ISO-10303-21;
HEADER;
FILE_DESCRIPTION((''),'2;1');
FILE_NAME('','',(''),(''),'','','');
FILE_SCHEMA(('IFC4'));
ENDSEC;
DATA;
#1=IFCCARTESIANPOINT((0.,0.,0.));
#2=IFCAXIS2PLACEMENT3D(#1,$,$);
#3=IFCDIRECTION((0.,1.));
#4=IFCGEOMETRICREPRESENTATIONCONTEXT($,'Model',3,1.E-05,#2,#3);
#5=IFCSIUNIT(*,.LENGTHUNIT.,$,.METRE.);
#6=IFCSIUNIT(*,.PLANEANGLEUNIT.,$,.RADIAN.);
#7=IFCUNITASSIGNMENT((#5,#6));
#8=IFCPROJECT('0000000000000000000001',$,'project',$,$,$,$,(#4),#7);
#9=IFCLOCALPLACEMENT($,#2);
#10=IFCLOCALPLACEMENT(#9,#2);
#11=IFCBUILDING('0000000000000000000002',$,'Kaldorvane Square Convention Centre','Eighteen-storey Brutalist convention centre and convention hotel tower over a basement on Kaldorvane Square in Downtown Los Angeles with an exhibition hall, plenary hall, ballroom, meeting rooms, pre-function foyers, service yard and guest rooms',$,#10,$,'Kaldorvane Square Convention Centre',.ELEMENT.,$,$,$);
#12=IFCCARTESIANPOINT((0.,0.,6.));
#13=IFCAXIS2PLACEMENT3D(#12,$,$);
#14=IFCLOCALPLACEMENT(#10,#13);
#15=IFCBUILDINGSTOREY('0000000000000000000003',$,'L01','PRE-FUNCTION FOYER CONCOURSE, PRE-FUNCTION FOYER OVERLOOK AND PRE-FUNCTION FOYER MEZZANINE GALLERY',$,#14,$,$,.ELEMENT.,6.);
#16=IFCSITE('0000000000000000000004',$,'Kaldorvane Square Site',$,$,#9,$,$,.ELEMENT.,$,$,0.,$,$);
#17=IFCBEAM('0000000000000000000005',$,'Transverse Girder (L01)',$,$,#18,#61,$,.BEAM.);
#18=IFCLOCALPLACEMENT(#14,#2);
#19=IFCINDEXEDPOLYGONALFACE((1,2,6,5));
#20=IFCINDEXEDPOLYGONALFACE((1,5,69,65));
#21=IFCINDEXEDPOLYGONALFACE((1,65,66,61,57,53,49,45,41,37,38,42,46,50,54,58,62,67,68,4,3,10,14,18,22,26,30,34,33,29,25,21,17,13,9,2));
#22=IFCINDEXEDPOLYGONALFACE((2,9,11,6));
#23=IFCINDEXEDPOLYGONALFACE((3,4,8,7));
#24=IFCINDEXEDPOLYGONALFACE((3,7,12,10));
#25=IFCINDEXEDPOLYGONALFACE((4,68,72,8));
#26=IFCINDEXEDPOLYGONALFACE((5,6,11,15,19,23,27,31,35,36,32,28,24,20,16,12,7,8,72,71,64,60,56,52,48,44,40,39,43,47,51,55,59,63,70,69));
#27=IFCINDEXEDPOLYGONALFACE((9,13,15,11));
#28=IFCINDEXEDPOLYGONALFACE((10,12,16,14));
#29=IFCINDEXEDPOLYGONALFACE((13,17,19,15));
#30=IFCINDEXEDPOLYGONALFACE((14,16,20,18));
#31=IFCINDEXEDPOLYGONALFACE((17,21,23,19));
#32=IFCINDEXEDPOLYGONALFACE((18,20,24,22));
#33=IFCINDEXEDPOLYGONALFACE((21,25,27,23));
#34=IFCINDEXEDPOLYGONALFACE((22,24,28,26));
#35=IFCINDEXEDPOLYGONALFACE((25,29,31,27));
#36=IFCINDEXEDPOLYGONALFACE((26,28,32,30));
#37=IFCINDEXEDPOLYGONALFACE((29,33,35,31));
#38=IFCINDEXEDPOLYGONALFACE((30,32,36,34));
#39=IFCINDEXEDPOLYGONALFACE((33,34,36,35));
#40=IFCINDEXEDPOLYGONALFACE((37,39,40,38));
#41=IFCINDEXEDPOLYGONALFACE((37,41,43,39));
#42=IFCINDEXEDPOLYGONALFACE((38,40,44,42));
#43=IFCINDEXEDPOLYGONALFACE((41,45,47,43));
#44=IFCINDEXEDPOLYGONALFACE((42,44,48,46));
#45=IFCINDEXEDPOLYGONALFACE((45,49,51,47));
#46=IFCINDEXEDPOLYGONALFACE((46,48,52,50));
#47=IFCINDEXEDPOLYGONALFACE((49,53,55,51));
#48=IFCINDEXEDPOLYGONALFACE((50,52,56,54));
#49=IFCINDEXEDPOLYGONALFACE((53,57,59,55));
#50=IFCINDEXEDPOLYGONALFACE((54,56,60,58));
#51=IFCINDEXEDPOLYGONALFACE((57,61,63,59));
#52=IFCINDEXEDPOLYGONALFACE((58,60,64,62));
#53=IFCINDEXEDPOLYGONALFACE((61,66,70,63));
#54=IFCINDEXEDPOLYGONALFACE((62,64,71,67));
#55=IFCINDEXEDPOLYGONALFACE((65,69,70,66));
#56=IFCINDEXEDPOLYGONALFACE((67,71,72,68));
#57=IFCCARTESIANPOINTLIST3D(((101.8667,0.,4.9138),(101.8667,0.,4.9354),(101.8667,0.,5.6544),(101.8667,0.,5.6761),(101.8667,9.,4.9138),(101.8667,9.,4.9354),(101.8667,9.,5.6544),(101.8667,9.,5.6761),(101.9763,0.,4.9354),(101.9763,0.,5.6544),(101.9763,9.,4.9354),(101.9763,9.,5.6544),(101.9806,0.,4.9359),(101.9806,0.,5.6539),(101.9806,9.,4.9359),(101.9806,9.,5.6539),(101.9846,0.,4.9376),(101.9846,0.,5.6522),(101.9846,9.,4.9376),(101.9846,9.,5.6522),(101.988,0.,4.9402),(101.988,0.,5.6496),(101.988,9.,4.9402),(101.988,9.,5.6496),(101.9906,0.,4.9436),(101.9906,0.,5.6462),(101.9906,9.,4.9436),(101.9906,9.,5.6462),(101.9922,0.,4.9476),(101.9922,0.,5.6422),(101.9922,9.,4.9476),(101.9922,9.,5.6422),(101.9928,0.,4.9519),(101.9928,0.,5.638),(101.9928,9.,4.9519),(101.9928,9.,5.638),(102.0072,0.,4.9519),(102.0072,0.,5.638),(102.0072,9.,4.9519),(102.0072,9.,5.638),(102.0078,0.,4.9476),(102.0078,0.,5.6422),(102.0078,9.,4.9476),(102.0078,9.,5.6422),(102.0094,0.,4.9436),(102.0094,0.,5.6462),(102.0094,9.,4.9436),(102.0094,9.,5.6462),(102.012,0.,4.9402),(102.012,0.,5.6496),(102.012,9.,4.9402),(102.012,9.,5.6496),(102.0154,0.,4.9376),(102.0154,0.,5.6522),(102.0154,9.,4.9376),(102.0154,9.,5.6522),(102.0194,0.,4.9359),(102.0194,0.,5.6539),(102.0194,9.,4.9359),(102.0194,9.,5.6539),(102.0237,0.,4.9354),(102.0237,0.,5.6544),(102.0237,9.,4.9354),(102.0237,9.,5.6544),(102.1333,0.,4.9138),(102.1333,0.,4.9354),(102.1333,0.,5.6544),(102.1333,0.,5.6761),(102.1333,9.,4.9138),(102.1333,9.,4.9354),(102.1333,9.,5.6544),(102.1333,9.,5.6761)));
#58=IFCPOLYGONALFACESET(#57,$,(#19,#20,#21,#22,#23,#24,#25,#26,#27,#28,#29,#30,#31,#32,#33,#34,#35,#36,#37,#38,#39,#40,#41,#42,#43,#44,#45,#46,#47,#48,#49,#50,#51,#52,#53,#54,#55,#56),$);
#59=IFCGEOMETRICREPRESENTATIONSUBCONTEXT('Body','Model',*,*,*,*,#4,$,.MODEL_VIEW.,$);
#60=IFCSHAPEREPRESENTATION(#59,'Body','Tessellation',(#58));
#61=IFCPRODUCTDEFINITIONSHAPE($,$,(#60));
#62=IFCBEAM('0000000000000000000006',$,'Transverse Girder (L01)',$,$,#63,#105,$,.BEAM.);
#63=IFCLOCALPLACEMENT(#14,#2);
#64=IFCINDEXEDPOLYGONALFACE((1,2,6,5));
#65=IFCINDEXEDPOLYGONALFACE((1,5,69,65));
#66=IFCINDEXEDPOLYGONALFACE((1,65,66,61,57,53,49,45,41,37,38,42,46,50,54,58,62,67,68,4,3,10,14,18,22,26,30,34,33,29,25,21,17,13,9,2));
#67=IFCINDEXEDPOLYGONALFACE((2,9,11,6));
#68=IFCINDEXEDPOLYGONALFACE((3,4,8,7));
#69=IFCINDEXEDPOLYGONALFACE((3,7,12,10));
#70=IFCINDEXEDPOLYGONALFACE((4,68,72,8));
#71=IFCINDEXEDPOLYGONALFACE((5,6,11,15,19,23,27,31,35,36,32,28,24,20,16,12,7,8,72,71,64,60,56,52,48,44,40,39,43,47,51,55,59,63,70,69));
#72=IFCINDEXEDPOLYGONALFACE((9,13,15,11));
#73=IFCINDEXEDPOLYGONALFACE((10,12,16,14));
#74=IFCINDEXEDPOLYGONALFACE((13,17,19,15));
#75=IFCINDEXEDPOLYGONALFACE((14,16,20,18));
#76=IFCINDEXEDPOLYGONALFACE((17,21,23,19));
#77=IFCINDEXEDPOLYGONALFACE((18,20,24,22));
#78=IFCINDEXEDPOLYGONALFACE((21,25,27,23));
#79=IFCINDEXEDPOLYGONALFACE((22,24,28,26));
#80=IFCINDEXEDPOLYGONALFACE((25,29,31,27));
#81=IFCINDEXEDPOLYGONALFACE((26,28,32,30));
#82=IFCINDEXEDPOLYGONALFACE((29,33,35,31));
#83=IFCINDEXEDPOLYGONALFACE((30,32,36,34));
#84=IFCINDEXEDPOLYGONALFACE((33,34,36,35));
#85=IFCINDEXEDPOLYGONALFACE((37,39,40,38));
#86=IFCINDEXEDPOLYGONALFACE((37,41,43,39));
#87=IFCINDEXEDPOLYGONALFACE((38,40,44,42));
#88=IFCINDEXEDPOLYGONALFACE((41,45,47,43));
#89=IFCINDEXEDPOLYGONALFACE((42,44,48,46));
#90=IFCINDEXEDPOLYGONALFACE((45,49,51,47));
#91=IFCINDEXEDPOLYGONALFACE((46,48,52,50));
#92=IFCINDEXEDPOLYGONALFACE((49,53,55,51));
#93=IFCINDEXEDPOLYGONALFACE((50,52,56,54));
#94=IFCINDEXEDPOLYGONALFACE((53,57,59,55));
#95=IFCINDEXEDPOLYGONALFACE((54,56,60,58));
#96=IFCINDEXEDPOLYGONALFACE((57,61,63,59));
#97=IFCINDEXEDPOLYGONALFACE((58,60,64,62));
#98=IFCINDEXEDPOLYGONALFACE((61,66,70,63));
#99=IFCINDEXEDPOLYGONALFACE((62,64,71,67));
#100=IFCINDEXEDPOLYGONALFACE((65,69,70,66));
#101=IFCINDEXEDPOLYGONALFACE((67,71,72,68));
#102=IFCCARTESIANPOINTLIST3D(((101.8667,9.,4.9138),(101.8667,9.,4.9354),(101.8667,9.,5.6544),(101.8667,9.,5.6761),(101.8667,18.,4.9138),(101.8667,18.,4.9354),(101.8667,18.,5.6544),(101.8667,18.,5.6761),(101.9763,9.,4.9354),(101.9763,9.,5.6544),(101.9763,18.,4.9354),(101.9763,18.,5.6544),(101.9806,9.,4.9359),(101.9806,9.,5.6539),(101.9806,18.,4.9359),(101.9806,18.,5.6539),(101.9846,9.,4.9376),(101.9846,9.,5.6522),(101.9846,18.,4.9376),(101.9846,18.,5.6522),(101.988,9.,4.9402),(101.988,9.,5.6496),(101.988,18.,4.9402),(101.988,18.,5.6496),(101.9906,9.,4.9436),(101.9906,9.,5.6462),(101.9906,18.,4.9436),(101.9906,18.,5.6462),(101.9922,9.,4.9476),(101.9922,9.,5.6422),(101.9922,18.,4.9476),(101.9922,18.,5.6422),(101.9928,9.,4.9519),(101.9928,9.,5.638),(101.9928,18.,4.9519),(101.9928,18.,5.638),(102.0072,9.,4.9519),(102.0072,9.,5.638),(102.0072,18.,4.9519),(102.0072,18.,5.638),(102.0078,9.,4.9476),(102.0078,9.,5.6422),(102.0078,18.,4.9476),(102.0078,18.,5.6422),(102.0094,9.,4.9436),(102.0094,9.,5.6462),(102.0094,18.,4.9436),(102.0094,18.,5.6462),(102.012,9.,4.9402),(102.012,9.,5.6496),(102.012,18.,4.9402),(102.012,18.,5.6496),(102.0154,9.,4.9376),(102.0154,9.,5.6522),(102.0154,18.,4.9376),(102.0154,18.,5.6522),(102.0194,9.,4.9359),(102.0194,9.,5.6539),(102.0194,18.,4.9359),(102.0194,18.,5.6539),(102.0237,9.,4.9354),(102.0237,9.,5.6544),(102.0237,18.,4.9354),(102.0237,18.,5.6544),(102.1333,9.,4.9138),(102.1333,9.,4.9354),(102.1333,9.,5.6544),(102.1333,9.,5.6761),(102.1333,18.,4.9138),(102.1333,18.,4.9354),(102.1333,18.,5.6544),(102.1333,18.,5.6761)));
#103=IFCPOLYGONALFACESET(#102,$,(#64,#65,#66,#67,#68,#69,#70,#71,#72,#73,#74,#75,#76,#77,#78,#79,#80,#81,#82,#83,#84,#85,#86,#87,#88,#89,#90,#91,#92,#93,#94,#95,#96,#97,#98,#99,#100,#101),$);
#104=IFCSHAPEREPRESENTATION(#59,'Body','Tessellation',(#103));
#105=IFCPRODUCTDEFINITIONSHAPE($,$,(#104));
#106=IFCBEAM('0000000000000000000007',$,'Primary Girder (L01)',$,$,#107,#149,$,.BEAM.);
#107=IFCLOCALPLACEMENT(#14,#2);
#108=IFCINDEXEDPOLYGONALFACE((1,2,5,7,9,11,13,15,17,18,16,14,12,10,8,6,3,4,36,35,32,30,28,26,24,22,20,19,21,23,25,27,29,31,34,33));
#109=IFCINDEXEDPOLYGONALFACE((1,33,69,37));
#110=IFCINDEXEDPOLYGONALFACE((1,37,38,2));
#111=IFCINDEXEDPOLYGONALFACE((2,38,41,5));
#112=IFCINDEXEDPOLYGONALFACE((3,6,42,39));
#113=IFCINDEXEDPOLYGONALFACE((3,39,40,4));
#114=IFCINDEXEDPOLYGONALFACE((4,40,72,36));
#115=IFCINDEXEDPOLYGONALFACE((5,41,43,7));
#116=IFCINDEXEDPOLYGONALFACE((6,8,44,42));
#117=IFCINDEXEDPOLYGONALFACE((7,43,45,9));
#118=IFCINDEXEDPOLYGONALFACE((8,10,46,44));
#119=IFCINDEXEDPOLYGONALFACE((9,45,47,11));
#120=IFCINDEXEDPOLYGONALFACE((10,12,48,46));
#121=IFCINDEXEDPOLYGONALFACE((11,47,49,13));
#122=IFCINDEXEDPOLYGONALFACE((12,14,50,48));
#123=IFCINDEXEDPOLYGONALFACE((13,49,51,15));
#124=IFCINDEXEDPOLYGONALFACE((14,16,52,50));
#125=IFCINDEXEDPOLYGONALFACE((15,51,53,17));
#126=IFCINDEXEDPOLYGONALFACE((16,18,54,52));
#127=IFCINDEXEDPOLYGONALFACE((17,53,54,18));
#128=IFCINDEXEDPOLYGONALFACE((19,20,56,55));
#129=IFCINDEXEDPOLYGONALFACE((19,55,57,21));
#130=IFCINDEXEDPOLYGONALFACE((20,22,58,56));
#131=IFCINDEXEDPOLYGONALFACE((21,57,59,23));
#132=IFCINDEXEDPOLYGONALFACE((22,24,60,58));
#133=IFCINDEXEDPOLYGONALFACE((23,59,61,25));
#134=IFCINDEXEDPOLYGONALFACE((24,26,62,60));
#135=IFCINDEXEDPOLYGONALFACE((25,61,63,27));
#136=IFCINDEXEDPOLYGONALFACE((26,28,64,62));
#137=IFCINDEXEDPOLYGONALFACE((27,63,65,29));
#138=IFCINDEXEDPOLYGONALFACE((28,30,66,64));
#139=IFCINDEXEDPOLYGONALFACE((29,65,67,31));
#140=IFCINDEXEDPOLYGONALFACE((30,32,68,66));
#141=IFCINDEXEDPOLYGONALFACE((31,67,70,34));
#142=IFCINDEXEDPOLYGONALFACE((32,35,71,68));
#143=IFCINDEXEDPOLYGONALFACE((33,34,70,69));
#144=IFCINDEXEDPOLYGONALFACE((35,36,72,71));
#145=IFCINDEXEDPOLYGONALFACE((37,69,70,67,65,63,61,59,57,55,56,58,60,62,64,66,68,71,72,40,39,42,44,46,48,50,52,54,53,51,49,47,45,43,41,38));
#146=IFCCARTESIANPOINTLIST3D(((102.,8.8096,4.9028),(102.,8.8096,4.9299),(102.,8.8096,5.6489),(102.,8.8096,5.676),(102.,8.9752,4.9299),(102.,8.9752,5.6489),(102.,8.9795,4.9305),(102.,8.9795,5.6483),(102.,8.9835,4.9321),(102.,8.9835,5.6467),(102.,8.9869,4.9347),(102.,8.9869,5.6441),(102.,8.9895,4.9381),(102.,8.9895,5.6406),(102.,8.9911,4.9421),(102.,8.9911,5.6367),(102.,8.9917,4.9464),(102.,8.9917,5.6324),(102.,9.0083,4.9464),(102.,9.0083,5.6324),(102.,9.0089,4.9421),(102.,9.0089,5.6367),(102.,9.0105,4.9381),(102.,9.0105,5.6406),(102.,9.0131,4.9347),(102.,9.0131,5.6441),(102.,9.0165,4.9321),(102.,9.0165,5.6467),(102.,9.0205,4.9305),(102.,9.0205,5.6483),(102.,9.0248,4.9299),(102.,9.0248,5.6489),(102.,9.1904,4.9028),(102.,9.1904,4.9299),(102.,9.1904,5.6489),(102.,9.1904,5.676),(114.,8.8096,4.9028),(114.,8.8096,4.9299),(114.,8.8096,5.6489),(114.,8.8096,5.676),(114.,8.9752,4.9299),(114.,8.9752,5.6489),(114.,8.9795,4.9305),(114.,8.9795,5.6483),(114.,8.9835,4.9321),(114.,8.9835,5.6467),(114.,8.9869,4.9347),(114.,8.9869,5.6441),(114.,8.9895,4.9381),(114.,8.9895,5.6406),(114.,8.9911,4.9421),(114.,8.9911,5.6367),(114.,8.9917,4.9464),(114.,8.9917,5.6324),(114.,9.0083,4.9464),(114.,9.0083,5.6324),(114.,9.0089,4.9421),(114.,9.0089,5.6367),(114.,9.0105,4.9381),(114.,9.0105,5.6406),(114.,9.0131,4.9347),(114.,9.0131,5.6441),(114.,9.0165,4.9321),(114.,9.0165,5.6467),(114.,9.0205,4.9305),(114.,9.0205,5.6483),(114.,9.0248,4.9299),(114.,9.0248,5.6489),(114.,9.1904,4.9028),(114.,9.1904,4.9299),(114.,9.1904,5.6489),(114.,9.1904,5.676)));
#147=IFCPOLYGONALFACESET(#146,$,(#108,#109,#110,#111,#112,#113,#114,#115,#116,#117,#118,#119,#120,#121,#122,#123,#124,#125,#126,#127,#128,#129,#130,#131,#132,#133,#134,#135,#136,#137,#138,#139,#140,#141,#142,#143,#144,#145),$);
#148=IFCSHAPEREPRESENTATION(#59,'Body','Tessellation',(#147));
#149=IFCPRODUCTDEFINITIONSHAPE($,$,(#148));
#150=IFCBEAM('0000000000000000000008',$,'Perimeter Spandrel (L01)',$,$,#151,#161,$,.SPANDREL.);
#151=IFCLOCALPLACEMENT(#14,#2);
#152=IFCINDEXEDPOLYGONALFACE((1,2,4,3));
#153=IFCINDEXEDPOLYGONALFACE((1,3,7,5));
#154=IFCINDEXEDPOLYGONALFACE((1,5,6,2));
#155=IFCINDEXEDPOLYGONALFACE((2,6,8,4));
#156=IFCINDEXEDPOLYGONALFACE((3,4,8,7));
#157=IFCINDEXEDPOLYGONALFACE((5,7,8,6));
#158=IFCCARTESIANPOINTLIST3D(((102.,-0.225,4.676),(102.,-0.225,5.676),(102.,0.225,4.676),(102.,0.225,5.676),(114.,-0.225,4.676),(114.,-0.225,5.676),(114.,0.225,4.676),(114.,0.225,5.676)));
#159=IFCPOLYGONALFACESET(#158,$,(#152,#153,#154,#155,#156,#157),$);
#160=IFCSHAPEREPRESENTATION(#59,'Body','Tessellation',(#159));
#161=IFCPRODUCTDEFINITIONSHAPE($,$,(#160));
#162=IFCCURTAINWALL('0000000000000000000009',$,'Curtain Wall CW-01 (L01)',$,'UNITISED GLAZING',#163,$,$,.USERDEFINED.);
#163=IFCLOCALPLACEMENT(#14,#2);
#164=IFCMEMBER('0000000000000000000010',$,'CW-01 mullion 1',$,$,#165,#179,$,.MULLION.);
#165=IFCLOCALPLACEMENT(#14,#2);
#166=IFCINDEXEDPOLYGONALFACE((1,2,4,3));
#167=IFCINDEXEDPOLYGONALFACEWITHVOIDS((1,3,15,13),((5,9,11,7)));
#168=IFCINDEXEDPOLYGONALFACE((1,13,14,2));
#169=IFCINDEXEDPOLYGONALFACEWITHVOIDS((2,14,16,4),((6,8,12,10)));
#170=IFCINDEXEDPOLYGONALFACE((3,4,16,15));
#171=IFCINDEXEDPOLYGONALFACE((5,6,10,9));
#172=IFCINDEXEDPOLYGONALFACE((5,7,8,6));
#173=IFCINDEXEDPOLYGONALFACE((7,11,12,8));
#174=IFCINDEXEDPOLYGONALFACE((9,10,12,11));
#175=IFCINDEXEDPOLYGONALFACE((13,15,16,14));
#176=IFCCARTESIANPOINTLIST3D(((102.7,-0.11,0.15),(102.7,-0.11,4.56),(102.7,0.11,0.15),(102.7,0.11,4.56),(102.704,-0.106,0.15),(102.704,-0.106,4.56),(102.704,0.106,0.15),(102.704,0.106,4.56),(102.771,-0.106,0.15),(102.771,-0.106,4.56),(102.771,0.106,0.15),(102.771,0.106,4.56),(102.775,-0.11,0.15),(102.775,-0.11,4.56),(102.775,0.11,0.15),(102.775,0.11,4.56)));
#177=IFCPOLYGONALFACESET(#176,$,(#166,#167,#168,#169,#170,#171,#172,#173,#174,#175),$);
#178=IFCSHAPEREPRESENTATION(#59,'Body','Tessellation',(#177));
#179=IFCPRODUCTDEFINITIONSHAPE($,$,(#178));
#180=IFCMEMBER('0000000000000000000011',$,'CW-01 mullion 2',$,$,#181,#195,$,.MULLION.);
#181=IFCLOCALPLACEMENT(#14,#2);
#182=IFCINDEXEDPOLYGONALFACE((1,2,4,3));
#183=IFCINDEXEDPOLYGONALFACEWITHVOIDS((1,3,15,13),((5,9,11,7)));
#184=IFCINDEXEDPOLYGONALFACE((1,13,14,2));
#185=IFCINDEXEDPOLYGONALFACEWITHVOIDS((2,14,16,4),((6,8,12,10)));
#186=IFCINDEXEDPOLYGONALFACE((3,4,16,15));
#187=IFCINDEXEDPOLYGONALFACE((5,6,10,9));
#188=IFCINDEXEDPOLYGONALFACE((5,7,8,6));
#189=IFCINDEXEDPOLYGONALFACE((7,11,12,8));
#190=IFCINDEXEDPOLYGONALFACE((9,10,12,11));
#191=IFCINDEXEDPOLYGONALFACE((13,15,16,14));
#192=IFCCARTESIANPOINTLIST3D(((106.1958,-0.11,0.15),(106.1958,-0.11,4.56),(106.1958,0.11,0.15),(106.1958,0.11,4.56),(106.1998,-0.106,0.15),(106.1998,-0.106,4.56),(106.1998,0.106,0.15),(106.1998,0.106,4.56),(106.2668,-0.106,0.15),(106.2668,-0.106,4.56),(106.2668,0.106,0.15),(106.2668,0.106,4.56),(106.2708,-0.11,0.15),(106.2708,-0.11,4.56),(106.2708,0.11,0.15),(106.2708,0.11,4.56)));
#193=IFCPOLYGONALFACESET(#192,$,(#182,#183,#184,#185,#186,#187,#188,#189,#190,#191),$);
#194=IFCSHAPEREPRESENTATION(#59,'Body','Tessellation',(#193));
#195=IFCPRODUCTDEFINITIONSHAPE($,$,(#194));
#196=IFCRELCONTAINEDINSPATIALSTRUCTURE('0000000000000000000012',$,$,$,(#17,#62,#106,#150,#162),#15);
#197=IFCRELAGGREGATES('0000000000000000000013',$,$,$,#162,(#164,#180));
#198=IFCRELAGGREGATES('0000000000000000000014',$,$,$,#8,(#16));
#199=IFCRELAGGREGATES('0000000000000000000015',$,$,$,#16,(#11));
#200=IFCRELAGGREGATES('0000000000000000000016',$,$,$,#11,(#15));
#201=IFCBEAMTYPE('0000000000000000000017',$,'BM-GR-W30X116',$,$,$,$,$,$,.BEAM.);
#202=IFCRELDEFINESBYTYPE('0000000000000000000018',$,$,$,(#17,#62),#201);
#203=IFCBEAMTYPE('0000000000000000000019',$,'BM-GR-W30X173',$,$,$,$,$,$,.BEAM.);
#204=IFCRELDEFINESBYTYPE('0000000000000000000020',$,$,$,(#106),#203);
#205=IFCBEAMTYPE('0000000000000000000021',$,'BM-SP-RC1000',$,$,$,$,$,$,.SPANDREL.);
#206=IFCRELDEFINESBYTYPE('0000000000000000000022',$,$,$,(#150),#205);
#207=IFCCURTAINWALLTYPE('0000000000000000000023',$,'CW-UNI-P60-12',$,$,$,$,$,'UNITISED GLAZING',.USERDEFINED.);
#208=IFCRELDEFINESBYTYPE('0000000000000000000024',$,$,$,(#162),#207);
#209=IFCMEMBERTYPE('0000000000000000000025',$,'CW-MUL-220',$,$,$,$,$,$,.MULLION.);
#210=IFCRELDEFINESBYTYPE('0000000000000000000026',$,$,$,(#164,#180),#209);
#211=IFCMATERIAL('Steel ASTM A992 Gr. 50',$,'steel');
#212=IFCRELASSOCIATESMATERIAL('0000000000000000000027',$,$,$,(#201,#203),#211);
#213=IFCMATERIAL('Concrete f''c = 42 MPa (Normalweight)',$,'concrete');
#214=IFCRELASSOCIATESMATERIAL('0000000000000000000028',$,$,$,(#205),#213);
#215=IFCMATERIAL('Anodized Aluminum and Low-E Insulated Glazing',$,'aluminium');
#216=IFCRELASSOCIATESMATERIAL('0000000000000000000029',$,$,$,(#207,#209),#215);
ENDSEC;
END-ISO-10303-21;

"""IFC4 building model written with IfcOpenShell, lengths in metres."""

from ifc_helpers import new_model, si_unit, direction, frame, origin, origin_2d, place, context, subcontext, project, spatial, rectangle, hollow_rectangle, i_section, extrude, material, material_profile, profile_set, type_object, element, aggregate, save


model = new_model("IFC4")

# Units and contexts
model_context = context("Model", 3, precision=1e-05, world=origin(), true_north=direction((0.0, 1.0)))
body_context = subcontext(model_context, "Body", "Model", "MODEL_VIEW")
ifc_project = project(units=[si_unit("LENGTHUNIT", "METRE"), si_unit("PLANEANGLEUNIT", "RADIAN")], contexts=[model_context])

# Site, building, storey
site_placement = place(None, origin())
site = spatial("IfcSite", under=ifc_project, at=site_placement, Name="Kaldorvane Square Site", CompositionType="ELEMENT", RefElevation=0.0)
building_placement = place(site_placement, origin())
building = spatial("IfcBuilding", under=site, at=building_placement, Name="Kaldorvane Square Convention Centre", Description="Eighteen-storey Brutalist convention centre and convention hotel tower over a basement on Kaldorvane Square in Downtown Los Angeles with an exhibition hall, plenary hall, ballroom, meeting rooms, pre-function foyers, service yard and guest rooms", LongName="Kaldorvane Square Convention Centre", CompositionType="ELEMENT")
storey_placement = place(building_placement, frame((0.0, 0.0, 6.0)))
storey = spatial("IfcBuildingStorey", under=building, at=storey_placement, Name="L01", Description="PRE-FUNCTION FOYER CONCOURSE, PRE-FUNCTION FOYER OVERLOOK AND PRE-FUNCTION FOYER MEZZANINE GALLERY", CompositionType="ELEMENT", Elevation=6.0)

# Beams
ifc_material_1 = material(Name="Steel ASTM A992 Gr. 50", Category="steel")
ifc_material_profile_1 = material_profile(ifc_material_1, i_section(OverallWidth=0.2666, OverallDepth=0.7623, WebThickness=0.0144, FlangeThickness=0.0216, FilletRadius=0.0165, at=origin_2d()), Name="W30X116")
ifc_profile_set_1 = profile_set([ifc_material_profile_1], Name="Steel ASTM A992 Gr. 50")
beam_type_1 = type_object("IfcBeamType", Name="BM-GR-W30X116", PredefinedType="BEAM", material=ifc_profile_set_1)
for number, where, z_axis, x_axis, name in (
    (1, (102.0, 0.0, 5.2949), (0.0, 1.0, 0.0), (-1.0, 0.0, 0.0), "Transverse Girder (L01)"),
    (2, (102.0, 9.0, 5.2949), (0.0, 1.0, 0.0), (-1.0, 0.0, 0.0), "Transverse Girder (L01)"),
):
    element("IfcBeam", number, at=place(storey_placement, frame(where, z_axis=z_axis, x_axis=x_axis)), inside=storey, type_object=beam_type_1, Name=name, PredefinedType="BEAM", context=body_context, shape_type="SweptSolid", body=[
        extrude(i_section(OverallWidth=0.2666, OverallDepth=0.7623, WebThickness=0.0144, FlangeThickness=0.0216, FilletRadius=0.0165, at=origin_2d()), origin(), (0.0, 0.0, 1.0), 9.0),
    ])
ifc_material_profile_2 = material_profile(ifc_material_1, i_section(OverallWidth=0.3807, OverallDepth=0.7732, WebThickness=0.0166, FlangeThickness=0.0271, FilletRadius=0.0165, at=origin_2d()), Name="W30X173")
ifc_profile_set_2 = profile_set([ifc_material_profile_2], Name="Steel ASTM A992 Gr. 50")
beam_type_2 = type_object("IfcBeamType", Name="BM-GR-W30X173", PredefinedType="BEAM", material=ifc_profile_set_2)
beam_1_placement = place(storey_placement, frame((102.0, 9.0, 5.2894), z_axis=(1.0, 0.0, 0.0), x_axis=(0.0, 1.0, 0.0)))
element("IfcBeam", 3, at=beam_1_placement, inside=storey, type_object=beam_type_2, Name="Primary Girder (L01)", PredefinedType="BEAM", context=body_context, shape_type="SweptSolid", body=[
    extrude(i_section(OverallWidth=0.3807, OverallDepth=0.7732, WebThickness=0.0166, FlangeThickness=0.0271, FilletRadius=0.0165, at=origin_2d()), origin(), (0.0, 0.0, 1.0), 12.0),
])
ifc_material_2 = material(Name="Concrete f'c = 42 MPa (Normalweight)", Category="concrete")
ifc_material_profile_3 = material_profile(ifc_material_2, rectangle(XDim=0.45, YDim=1.0, at=origin_2d()), Name="RCSP1000X450")
ifc_profile_set_3 = profile_set([ifc_material_profile_3], Name="Concrete f'c = 42 MPa (Normalweight)")
beam_type_3 = type_object("IfcBeamType", Name="BM-SP-RC1000", PredefinedType="SPANDREL", material=ifc_profile_set_3)
beam_2_placement = place(storey_placement, frame((102.0, 0.0, 5.176), z_axis=(1.0, 0.0, 0.0), x_axis=(0.0, 1.0, 0.0)))
element("IfcBeam", 4, at=beam_2_placement, inside=storey, type_object=beam_type_3, Name="Perimeter Spandrel (L01)", PredefinedType="SPANDREL", context=body_context, shape_type="SweptSolid", body=[
    extrude(rectangle(XDim=0.45, YDim=1.0, at=origin_2d()), origin(), (0.0, 0.0, 1.0), 12.0),
])

# Curtain wall, members
ifc_material_3 = material(Name="Anodized Aluminum and Low-E Insulated Glazing", Category="aluminium")
curtain_wall_type = type_object("IfcCurtainWallType", Name="CW-UNI-P60-12", ElementType="UNITISED GLAZING", PredefinedType="USERDEFINED", material=ifc_material_3)
curtain_wall_placement = place(storey_placement, origin())
curtain_wall = element("IfcCurtainWall", 5, at=curtain_wall_placement, inside=storey, type_object=curtain_wall_type, Name="Curtain Wall CW-01 (L01)", ObjectType="UNITISED GLAZING", PredefinedType="USERDEFINED")
ifc_material_profile_4 = material_profile(ifc_material_3, hollow_rectangle(XDim=0.075, YDim=0.22, WallThickness=0.004, at=origin_2d()), Name="CWM-220X75")
ifc_profile_set_4 = profile_set([ifc_material_profile_4], Name="Anodized Aluminum and Low-E Insulated Glazing")
member_type_1 = type_object("IfcMemberType", Name="CW-MUL-220", PredefinedType="MULLION", material=ifc_profile_set_4)
member_1_placement = place(storey_placement, frame((102.7375, 0.0, 0.15), z_axis=(0.0, 0.0, 1.0), x_axis=(1.0, 0.0, 0.0)))
member_1 = element("IfcMember", 6, at=member_1_placement, type_object=member_type_1, Name="CW-01 mullion 1", PredefinedType="MULLION", context=body_context, shape_type="SweptSolid", body=[
    extrude(hollow_rectangle(XDim=0.075, YDim=0.22, WallThickness=0.004, at=origin_2d()), origin(), (0.0, 0.0, 1.0), 4.41),
])
member_2_placement = place(storey_placement, frame((106.2333, 0.0, 0.15), z_axis=(0.0, 0.0, 1.0), x_axis=(1.0, 0.0, 0.0)))
member_2 = element("IfcMember", 7, at=member_2_placement, type_object=member_type_1, Name="CW-01 mullion 2", PredefinedType="MULLION", context=body_context, shape_type="SweptSolid", body=[
    extrude(hollow_rectangle(XDim=0.075, YDim=0.22, WallThickness=0.004, at=origin_2d()), origin(), (0.0, 0.0, 1.0), 4.41),
])

aggregate(curtain_wall, [member_1, member_2])

save(model, "model.ifc")
